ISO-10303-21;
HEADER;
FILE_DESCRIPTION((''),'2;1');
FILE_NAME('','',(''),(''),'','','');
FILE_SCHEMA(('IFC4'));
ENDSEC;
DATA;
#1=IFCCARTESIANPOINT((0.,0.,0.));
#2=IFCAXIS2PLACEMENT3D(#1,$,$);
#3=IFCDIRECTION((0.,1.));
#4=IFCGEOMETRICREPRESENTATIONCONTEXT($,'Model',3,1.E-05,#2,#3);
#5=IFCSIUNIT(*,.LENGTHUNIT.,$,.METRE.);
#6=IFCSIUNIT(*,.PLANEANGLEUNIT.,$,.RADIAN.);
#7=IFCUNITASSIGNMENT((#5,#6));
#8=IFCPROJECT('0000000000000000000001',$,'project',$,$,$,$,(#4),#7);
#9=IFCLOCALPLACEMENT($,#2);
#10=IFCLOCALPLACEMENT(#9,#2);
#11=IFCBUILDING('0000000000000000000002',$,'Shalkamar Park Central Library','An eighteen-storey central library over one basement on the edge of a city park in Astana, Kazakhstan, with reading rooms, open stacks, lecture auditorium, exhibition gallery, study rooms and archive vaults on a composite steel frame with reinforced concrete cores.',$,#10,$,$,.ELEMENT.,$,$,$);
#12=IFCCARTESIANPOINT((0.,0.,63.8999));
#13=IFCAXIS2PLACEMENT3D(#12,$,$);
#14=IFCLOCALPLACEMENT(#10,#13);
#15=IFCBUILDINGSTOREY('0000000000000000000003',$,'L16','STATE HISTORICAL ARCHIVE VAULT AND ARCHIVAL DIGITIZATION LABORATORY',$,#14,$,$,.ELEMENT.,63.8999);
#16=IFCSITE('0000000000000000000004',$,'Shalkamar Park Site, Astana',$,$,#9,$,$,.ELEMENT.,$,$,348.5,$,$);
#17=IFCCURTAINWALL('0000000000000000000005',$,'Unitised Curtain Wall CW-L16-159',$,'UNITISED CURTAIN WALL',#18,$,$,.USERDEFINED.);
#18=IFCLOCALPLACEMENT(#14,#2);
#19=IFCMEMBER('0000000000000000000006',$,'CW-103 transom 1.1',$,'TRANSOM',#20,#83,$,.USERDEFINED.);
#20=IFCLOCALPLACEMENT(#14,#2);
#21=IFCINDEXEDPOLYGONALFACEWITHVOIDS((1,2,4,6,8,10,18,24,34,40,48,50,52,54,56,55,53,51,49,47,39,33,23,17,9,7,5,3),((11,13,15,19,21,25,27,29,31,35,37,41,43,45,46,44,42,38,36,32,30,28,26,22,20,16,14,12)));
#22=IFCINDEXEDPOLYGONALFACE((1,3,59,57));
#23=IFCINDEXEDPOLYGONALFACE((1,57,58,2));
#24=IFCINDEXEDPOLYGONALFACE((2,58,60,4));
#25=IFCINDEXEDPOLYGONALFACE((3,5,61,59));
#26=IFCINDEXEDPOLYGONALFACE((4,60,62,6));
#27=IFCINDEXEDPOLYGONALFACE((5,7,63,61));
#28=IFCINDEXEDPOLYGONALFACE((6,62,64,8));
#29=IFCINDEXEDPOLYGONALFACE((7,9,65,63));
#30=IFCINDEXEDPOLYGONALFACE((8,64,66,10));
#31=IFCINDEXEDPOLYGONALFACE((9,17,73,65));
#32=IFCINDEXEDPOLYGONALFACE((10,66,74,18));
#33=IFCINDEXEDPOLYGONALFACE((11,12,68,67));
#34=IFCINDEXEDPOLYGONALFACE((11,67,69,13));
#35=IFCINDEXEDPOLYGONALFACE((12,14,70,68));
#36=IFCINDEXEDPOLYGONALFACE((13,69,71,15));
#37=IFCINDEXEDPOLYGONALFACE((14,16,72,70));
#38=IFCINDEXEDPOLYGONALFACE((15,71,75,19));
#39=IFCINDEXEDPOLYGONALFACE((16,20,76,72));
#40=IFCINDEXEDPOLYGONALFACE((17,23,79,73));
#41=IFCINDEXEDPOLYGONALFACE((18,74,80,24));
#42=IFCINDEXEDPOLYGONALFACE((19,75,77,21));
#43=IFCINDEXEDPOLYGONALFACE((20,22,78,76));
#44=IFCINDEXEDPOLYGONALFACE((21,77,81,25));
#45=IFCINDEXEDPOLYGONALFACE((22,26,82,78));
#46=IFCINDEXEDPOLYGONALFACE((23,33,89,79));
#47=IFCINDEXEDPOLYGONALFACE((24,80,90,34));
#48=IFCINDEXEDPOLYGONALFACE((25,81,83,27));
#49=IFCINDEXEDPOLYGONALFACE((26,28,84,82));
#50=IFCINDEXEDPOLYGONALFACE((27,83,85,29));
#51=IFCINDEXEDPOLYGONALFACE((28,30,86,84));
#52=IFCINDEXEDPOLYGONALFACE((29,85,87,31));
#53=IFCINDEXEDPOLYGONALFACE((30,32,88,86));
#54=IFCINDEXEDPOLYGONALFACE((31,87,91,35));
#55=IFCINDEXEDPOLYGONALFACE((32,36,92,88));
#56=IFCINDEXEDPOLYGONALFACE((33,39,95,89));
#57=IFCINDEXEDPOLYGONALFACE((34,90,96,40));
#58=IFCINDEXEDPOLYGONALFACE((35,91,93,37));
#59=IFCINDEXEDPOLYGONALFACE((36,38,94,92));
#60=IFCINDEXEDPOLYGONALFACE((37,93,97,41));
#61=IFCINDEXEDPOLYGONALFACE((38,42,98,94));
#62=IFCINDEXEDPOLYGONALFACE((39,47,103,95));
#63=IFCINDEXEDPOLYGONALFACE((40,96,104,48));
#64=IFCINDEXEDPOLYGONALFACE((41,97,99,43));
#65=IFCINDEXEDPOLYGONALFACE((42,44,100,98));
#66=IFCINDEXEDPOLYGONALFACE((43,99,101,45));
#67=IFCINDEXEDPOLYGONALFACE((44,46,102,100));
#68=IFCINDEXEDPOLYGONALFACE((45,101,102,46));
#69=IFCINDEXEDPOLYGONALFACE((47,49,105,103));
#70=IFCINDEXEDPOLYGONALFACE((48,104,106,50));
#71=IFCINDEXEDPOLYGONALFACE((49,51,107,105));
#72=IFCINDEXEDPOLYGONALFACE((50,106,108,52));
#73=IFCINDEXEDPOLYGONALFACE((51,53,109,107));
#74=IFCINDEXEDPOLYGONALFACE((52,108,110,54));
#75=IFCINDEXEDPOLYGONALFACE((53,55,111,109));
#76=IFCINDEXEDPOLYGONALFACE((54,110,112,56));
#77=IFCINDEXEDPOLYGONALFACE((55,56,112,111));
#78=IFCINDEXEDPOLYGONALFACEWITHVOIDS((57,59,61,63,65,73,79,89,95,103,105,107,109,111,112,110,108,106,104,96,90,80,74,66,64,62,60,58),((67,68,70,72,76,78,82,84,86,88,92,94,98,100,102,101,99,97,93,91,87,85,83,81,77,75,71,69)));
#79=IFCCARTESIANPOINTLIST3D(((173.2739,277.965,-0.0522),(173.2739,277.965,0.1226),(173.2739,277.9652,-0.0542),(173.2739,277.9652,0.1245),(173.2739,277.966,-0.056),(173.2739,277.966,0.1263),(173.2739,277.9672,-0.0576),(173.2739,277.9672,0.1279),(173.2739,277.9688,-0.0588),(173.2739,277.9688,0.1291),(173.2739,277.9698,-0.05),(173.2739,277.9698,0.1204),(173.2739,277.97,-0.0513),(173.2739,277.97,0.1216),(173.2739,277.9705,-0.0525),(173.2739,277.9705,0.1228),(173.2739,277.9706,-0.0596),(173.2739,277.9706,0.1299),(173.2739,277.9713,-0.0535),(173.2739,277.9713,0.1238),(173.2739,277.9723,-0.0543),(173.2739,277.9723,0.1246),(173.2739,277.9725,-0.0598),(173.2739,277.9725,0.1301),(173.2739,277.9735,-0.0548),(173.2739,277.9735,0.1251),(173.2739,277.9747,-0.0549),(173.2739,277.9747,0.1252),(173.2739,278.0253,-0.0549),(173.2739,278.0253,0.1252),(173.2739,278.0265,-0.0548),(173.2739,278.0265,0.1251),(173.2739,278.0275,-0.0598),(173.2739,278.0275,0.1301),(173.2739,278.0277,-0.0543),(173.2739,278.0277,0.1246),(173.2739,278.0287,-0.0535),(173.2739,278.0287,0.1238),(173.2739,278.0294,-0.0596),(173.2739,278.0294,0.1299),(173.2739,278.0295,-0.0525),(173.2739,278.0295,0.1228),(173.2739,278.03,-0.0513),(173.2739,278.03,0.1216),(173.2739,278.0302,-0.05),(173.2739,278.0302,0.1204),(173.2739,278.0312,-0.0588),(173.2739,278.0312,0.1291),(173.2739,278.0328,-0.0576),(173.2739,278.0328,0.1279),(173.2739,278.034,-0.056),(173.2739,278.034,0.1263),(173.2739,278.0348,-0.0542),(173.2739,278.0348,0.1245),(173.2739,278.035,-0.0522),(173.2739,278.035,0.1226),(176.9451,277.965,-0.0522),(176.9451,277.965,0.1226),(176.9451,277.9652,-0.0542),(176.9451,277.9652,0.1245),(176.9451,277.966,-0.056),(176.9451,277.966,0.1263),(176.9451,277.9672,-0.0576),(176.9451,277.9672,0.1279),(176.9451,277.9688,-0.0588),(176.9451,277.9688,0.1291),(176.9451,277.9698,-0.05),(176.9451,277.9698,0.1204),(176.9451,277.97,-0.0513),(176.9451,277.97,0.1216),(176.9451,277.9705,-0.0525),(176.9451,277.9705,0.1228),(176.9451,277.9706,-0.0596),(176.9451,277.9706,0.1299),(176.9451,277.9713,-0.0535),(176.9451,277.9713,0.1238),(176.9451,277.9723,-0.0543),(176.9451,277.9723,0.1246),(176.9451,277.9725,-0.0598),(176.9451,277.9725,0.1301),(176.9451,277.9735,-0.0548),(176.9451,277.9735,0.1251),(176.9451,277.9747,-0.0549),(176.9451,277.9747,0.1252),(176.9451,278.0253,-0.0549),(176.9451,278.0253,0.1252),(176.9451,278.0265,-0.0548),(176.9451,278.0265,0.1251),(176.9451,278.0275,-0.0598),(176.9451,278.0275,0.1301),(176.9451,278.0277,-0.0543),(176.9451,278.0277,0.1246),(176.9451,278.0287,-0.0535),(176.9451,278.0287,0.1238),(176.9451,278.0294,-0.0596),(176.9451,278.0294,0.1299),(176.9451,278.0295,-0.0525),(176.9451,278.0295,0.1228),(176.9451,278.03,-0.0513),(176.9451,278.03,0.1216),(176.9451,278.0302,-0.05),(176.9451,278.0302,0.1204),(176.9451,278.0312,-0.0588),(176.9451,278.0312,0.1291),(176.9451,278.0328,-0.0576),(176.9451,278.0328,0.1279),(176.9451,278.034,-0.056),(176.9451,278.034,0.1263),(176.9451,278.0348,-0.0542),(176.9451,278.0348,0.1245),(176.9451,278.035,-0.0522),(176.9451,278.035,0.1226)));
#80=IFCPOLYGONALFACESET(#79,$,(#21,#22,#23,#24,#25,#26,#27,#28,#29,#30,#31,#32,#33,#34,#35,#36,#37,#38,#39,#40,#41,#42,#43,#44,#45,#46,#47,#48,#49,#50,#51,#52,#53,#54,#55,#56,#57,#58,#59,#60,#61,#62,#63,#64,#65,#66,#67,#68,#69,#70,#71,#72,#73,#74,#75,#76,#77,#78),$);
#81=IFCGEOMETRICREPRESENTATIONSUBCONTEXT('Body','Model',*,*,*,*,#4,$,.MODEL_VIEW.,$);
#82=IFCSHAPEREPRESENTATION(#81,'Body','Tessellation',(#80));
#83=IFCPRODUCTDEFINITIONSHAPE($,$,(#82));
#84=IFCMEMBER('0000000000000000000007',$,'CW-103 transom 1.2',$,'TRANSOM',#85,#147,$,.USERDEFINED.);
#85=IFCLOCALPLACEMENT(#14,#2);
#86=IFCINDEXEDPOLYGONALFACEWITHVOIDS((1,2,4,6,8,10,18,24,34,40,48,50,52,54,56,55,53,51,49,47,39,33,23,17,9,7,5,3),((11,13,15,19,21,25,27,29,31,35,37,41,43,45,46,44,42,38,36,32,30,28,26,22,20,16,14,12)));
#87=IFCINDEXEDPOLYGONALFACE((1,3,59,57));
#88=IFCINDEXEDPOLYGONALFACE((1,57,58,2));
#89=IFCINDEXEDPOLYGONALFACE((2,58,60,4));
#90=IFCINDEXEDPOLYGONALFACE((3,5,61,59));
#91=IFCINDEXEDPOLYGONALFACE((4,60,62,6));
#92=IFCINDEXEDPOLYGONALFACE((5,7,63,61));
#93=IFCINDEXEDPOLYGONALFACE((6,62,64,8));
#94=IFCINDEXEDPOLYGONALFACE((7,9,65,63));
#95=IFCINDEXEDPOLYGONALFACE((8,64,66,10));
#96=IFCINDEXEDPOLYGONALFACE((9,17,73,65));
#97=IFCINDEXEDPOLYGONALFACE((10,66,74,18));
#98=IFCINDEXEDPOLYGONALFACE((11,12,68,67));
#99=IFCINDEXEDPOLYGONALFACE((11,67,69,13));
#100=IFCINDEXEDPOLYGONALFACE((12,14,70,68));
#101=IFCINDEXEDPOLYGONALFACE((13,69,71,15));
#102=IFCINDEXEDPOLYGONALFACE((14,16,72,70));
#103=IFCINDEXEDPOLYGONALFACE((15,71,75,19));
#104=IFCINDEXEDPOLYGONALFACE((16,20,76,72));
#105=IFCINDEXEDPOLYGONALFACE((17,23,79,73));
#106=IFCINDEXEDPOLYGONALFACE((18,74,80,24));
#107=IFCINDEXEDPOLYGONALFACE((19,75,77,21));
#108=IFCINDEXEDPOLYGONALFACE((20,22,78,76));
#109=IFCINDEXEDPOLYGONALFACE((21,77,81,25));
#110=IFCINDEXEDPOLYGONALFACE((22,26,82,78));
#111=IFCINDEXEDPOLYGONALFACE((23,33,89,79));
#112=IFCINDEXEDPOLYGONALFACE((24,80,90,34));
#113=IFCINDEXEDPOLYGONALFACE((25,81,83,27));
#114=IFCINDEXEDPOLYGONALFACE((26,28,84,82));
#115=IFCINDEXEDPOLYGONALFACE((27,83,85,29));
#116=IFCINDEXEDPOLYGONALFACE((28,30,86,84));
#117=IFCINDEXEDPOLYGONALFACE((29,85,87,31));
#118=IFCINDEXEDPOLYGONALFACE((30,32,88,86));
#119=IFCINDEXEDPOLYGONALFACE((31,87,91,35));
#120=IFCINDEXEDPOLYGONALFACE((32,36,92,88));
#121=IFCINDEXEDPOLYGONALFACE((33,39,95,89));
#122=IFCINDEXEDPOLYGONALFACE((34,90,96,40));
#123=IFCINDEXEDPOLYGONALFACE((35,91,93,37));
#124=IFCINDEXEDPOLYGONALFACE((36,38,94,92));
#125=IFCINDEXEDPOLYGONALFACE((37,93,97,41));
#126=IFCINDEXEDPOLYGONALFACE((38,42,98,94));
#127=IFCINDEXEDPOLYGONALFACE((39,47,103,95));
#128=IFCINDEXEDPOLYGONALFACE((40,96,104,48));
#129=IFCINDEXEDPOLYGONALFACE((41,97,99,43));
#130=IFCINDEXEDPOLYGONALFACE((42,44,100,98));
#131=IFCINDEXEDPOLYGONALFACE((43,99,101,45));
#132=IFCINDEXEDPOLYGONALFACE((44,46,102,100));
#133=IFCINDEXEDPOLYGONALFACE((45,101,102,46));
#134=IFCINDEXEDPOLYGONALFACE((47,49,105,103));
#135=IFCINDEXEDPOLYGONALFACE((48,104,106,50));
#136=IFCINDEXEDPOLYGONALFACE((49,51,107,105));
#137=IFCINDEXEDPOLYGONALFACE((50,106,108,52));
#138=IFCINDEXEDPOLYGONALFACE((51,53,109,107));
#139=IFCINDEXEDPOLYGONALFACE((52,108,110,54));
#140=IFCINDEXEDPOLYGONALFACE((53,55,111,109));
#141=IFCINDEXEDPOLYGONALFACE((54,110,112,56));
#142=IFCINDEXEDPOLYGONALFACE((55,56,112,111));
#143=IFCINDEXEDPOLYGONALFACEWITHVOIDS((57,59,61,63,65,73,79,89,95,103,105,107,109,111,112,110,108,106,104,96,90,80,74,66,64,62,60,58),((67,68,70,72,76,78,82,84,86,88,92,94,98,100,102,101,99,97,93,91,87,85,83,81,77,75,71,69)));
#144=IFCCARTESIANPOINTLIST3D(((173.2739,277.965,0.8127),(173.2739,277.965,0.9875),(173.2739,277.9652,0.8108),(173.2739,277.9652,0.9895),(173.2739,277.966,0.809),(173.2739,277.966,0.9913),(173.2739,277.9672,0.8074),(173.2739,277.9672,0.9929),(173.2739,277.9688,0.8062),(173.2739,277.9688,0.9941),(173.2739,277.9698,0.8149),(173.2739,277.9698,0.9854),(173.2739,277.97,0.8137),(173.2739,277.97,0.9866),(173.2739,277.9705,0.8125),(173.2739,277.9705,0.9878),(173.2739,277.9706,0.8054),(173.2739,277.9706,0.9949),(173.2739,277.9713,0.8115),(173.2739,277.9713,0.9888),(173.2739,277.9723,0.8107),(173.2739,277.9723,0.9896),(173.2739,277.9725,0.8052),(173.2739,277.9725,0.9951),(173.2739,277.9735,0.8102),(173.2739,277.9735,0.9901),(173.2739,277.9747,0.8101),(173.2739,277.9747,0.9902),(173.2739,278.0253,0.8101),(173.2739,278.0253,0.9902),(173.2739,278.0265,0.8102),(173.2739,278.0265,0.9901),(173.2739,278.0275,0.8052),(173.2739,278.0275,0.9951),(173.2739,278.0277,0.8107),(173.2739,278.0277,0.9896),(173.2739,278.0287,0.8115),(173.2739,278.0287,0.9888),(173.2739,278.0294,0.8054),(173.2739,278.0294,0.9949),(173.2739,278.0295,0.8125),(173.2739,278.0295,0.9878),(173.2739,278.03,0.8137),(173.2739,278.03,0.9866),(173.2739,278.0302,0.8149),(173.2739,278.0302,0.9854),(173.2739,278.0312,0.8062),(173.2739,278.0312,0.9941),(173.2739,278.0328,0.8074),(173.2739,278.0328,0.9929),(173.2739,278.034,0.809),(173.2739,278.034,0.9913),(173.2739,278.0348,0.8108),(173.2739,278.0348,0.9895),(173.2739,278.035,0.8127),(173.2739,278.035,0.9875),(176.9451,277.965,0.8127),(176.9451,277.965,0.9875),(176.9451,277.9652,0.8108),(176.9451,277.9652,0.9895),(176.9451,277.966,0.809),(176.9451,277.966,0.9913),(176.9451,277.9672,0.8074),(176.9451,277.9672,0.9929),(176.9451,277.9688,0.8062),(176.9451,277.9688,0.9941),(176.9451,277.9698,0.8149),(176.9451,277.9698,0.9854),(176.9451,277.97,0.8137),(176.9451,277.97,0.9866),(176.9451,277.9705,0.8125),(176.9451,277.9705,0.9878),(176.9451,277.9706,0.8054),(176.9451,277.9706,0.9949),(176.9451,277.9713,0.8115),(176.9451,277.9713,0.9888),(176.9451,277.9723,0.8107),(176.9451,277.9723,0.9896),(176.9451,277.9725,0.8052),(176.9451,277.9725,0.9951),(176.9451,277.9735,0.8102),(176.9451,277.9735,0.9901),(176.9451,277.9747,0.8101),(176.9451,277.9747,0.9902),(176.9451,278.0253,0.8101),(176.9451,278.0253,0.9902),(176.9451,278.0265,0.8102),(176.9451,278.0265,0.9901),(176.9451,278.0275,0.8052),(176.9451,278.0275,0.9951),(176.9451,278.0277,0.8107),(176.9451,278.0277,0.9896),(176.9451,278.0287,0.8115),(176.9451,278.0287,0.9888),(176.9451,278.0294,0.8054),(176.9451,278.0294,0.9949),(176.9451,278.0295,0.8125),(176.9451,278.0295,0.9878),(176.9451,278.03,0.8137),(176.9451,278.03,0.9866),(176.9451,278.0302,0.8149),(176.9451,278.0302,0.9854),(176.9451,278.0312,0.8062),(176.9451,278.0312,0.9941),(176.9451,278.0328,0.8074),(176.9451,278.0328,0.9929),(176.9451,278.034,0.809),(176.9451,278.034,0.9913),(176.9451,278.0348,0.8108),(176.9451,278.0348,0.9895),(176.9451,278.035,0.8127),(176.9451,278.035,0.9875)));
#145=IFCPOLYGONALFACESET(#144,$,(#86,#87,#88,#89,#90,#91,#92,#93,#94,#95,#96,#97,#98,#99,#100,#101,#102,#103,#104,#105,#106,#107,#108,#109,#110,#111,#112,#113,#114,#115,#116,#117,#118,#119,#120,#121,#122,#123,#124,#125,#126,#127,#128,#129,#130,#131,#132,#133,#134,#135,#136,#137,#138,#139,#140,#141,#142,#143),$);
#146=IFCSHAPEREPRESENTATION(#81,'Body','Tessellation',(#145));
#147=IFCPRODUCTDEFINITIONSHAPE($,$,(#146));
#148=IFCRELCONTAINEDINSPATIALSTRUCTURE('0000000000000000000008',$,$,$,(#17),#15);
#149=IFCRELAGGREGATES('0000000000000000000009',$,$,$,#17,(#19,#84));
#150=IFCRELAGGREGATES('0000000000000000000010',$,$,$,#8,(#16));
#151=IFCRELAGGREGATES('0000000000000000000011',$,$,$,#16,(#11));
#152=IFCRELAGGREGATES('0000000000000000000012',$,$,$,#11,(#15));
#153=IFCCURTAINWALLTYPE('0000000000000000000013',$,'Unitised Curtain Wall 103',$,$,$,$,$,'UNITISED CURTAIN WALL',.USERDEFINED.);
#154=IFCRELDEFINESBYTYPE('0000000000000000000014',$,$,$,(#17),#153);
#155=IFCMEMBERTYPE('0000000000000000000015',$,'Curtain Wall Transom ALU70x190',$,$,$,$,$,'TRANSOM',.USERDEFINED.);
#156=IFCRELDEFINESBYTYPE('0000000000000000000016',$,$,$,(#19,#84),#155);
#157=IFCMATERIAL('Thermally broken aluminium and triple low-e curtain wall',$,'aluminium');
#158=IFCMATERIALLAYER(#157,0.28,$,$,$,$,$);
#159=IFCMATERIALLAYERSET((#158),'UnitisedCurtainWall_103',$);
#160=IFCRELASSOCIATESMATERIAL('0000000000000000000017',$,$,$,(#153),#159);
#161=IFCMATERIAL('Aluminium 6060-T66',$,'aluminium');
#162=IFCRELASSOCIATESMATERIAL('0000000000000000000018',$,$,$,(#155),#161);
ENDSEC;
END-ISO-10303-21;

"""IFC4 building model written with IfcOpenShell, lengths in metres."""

from ifc_helpers import new_model, si_unit, direction, frame, origin, origin_2d, place, context, subcontext, project, spatial, hollow_rectangle, extrude, material, layer, layer_set, material_profile, profile_set, type_object, element, aggregate, save


model = new_model("IFC4")

# Units and contexts
model_context = context("Model", 3, precision=1e-05, world=origin(), true_north=direction((0.0, 1.0)))
body_context = subcontext(model_context, "Body", "Model", "MODEL_VIEW")
ifc_project = project(units=[si_unit("LENGTHUNIT", "METRE"), si_unit("PLANEANGLEUNIT", "RADIAN")], contexts=[model_context])

# Site, building, storey
site_placement = place(None, origin())
site = spatial("IfcSite", under=ifc_project, at=site_placement, Name="Shalkamar Park Site, Astana", CompositionType="ELEMENT", RefElevation=348.5)
building_placement = place(site_placement, origin())
building = spatial("IfcBuilding", under=site, at=building_placement, Name="Shalkamar Park Central Library", Description="An eighteen-storey central library over one basement on the edge of a city park in Astana, Kazakhstan, with reading rooms, open stacks, lecture auditorium, exhibition gallery, study rooms and archive vaults on a composite steel frame with reinforced concrete cores.", CompositionType="ELEMENT")
storey_placement = place(building_placement, frame((0.0, 0.0, 63.8999)))
storey = spatial("IfcBuildingStorey", under=building, at=storey_placement, Name="L16", Description="STATE HISTORICAL ARCHIVE VAULT AND ARCHIVAL DIGITIZATION LABORATORY", CompositionType="ELEMENT", Elevation=63.8999)

# Curtain wall
ifc_material_1 = material(Name="Thermally broken aluminium and triple low-e curtain wall", Category="aluminium")
ifc_material_2 = material(Name="Aluminium 6060-T66", Category="aluminium")
ifc_layer_1 = layer(ifc_material_1, 0.28)
ifc_layer_set_1 = layer_set([ifc_layer_1], Name="UnitisedCurtainWall_103")
curtain_wall_type_1 = type_object("IfcCurtainWallType", Name="Unitised Curtain Wall 103", ElementType="UNITISED CURTAIN WALL", PredefinedType="USERDEFINED", material=ifc_layer_set_1)
curtain_wall_1_placement = place(storey_placement, origin())
curtain_wall_1 = element("IfcCurtainWall", 1, at=curtain_wall_1_placement, inside=storey, type_object=curtain_wall_type_1, Name="Unitised Curtain Wall CW-L16-159", ObjectType="UNITISED CURTAIN WALL", PredefinedType="USERDEFINED")

# Members
ifc_material_profile_1 = material_profile(ifc_material_2, hollow_rectangle(XDim=0.0701, YDim=0.1899, WallThickness=0.0049, InnerFilletRadius=0.0049, OuterFilletRadius=0.0076, at=origin_2d()), Name="ALU 70x190x5")
ifc_profile_set_1 = profile_set([ifc_material_profile_1], Name="Aluminium 6060-T66")
member_type_1 = type_object("IfcMemberType", Name="Curtain Wall Transom ALU70x190", ElementType="TRANSOM", PredefinedType="USERDEFINED", material=ifc_profile_set_1)
member_1_placement = place(storey_placement, frame((173.2739, 278.0, 0.0352), z_axis=(1.0, 0.0, 0.0), x_axis=(0.0, 1.0, 0.0)))
member_1 = element("IfcMember", 2, at=member_1_placement, type_object=member_type_1, Name="CW-103 transom 1.1", ObjectType="TRANSOM", PredefinedType="USERDEFINED", context=body_context, shape_type="SweptSolid", body=[
    extrude(hollow_rectangle(XDim=0.0701, YDim=0.1899, WallThickness=0.0049, InnerFilletRadius=0.0049, OuterFilletRadius=0.0076, at=origin_2d()), origin(), (0.0, 0.0, 1.0), 3.6711),
])
member_2_placement = place(storey_placement, frame((173.2739, 278.0, 0.9001), z_axis=(1.0, 0.0, 0.0), x_axis=(0.0, 1.0, 0.0)))
member_2 = element("IfcMember", 3, at=member_2_placement, type_object=member_type_1, Name="CW-103 transom 1.2", ObjectType="TRANSOM", PredefinedType="USERDEFINED", context=body_context, shape_type="SweptSolid", body=[
    extrude(hollow_rectangle(XDim=0.0701, YDim=0.1899, WallThickness=0.0049, InnerFilletRadius=0.0049, OuterFilletRadius=0.0076, at=origin_2d()), origin(), (0.0, 0.0, 1.0), 3.6711),
])

aggregate(curtain_wall_1, [member_1, member_2])

save(model, "model.ifc")
